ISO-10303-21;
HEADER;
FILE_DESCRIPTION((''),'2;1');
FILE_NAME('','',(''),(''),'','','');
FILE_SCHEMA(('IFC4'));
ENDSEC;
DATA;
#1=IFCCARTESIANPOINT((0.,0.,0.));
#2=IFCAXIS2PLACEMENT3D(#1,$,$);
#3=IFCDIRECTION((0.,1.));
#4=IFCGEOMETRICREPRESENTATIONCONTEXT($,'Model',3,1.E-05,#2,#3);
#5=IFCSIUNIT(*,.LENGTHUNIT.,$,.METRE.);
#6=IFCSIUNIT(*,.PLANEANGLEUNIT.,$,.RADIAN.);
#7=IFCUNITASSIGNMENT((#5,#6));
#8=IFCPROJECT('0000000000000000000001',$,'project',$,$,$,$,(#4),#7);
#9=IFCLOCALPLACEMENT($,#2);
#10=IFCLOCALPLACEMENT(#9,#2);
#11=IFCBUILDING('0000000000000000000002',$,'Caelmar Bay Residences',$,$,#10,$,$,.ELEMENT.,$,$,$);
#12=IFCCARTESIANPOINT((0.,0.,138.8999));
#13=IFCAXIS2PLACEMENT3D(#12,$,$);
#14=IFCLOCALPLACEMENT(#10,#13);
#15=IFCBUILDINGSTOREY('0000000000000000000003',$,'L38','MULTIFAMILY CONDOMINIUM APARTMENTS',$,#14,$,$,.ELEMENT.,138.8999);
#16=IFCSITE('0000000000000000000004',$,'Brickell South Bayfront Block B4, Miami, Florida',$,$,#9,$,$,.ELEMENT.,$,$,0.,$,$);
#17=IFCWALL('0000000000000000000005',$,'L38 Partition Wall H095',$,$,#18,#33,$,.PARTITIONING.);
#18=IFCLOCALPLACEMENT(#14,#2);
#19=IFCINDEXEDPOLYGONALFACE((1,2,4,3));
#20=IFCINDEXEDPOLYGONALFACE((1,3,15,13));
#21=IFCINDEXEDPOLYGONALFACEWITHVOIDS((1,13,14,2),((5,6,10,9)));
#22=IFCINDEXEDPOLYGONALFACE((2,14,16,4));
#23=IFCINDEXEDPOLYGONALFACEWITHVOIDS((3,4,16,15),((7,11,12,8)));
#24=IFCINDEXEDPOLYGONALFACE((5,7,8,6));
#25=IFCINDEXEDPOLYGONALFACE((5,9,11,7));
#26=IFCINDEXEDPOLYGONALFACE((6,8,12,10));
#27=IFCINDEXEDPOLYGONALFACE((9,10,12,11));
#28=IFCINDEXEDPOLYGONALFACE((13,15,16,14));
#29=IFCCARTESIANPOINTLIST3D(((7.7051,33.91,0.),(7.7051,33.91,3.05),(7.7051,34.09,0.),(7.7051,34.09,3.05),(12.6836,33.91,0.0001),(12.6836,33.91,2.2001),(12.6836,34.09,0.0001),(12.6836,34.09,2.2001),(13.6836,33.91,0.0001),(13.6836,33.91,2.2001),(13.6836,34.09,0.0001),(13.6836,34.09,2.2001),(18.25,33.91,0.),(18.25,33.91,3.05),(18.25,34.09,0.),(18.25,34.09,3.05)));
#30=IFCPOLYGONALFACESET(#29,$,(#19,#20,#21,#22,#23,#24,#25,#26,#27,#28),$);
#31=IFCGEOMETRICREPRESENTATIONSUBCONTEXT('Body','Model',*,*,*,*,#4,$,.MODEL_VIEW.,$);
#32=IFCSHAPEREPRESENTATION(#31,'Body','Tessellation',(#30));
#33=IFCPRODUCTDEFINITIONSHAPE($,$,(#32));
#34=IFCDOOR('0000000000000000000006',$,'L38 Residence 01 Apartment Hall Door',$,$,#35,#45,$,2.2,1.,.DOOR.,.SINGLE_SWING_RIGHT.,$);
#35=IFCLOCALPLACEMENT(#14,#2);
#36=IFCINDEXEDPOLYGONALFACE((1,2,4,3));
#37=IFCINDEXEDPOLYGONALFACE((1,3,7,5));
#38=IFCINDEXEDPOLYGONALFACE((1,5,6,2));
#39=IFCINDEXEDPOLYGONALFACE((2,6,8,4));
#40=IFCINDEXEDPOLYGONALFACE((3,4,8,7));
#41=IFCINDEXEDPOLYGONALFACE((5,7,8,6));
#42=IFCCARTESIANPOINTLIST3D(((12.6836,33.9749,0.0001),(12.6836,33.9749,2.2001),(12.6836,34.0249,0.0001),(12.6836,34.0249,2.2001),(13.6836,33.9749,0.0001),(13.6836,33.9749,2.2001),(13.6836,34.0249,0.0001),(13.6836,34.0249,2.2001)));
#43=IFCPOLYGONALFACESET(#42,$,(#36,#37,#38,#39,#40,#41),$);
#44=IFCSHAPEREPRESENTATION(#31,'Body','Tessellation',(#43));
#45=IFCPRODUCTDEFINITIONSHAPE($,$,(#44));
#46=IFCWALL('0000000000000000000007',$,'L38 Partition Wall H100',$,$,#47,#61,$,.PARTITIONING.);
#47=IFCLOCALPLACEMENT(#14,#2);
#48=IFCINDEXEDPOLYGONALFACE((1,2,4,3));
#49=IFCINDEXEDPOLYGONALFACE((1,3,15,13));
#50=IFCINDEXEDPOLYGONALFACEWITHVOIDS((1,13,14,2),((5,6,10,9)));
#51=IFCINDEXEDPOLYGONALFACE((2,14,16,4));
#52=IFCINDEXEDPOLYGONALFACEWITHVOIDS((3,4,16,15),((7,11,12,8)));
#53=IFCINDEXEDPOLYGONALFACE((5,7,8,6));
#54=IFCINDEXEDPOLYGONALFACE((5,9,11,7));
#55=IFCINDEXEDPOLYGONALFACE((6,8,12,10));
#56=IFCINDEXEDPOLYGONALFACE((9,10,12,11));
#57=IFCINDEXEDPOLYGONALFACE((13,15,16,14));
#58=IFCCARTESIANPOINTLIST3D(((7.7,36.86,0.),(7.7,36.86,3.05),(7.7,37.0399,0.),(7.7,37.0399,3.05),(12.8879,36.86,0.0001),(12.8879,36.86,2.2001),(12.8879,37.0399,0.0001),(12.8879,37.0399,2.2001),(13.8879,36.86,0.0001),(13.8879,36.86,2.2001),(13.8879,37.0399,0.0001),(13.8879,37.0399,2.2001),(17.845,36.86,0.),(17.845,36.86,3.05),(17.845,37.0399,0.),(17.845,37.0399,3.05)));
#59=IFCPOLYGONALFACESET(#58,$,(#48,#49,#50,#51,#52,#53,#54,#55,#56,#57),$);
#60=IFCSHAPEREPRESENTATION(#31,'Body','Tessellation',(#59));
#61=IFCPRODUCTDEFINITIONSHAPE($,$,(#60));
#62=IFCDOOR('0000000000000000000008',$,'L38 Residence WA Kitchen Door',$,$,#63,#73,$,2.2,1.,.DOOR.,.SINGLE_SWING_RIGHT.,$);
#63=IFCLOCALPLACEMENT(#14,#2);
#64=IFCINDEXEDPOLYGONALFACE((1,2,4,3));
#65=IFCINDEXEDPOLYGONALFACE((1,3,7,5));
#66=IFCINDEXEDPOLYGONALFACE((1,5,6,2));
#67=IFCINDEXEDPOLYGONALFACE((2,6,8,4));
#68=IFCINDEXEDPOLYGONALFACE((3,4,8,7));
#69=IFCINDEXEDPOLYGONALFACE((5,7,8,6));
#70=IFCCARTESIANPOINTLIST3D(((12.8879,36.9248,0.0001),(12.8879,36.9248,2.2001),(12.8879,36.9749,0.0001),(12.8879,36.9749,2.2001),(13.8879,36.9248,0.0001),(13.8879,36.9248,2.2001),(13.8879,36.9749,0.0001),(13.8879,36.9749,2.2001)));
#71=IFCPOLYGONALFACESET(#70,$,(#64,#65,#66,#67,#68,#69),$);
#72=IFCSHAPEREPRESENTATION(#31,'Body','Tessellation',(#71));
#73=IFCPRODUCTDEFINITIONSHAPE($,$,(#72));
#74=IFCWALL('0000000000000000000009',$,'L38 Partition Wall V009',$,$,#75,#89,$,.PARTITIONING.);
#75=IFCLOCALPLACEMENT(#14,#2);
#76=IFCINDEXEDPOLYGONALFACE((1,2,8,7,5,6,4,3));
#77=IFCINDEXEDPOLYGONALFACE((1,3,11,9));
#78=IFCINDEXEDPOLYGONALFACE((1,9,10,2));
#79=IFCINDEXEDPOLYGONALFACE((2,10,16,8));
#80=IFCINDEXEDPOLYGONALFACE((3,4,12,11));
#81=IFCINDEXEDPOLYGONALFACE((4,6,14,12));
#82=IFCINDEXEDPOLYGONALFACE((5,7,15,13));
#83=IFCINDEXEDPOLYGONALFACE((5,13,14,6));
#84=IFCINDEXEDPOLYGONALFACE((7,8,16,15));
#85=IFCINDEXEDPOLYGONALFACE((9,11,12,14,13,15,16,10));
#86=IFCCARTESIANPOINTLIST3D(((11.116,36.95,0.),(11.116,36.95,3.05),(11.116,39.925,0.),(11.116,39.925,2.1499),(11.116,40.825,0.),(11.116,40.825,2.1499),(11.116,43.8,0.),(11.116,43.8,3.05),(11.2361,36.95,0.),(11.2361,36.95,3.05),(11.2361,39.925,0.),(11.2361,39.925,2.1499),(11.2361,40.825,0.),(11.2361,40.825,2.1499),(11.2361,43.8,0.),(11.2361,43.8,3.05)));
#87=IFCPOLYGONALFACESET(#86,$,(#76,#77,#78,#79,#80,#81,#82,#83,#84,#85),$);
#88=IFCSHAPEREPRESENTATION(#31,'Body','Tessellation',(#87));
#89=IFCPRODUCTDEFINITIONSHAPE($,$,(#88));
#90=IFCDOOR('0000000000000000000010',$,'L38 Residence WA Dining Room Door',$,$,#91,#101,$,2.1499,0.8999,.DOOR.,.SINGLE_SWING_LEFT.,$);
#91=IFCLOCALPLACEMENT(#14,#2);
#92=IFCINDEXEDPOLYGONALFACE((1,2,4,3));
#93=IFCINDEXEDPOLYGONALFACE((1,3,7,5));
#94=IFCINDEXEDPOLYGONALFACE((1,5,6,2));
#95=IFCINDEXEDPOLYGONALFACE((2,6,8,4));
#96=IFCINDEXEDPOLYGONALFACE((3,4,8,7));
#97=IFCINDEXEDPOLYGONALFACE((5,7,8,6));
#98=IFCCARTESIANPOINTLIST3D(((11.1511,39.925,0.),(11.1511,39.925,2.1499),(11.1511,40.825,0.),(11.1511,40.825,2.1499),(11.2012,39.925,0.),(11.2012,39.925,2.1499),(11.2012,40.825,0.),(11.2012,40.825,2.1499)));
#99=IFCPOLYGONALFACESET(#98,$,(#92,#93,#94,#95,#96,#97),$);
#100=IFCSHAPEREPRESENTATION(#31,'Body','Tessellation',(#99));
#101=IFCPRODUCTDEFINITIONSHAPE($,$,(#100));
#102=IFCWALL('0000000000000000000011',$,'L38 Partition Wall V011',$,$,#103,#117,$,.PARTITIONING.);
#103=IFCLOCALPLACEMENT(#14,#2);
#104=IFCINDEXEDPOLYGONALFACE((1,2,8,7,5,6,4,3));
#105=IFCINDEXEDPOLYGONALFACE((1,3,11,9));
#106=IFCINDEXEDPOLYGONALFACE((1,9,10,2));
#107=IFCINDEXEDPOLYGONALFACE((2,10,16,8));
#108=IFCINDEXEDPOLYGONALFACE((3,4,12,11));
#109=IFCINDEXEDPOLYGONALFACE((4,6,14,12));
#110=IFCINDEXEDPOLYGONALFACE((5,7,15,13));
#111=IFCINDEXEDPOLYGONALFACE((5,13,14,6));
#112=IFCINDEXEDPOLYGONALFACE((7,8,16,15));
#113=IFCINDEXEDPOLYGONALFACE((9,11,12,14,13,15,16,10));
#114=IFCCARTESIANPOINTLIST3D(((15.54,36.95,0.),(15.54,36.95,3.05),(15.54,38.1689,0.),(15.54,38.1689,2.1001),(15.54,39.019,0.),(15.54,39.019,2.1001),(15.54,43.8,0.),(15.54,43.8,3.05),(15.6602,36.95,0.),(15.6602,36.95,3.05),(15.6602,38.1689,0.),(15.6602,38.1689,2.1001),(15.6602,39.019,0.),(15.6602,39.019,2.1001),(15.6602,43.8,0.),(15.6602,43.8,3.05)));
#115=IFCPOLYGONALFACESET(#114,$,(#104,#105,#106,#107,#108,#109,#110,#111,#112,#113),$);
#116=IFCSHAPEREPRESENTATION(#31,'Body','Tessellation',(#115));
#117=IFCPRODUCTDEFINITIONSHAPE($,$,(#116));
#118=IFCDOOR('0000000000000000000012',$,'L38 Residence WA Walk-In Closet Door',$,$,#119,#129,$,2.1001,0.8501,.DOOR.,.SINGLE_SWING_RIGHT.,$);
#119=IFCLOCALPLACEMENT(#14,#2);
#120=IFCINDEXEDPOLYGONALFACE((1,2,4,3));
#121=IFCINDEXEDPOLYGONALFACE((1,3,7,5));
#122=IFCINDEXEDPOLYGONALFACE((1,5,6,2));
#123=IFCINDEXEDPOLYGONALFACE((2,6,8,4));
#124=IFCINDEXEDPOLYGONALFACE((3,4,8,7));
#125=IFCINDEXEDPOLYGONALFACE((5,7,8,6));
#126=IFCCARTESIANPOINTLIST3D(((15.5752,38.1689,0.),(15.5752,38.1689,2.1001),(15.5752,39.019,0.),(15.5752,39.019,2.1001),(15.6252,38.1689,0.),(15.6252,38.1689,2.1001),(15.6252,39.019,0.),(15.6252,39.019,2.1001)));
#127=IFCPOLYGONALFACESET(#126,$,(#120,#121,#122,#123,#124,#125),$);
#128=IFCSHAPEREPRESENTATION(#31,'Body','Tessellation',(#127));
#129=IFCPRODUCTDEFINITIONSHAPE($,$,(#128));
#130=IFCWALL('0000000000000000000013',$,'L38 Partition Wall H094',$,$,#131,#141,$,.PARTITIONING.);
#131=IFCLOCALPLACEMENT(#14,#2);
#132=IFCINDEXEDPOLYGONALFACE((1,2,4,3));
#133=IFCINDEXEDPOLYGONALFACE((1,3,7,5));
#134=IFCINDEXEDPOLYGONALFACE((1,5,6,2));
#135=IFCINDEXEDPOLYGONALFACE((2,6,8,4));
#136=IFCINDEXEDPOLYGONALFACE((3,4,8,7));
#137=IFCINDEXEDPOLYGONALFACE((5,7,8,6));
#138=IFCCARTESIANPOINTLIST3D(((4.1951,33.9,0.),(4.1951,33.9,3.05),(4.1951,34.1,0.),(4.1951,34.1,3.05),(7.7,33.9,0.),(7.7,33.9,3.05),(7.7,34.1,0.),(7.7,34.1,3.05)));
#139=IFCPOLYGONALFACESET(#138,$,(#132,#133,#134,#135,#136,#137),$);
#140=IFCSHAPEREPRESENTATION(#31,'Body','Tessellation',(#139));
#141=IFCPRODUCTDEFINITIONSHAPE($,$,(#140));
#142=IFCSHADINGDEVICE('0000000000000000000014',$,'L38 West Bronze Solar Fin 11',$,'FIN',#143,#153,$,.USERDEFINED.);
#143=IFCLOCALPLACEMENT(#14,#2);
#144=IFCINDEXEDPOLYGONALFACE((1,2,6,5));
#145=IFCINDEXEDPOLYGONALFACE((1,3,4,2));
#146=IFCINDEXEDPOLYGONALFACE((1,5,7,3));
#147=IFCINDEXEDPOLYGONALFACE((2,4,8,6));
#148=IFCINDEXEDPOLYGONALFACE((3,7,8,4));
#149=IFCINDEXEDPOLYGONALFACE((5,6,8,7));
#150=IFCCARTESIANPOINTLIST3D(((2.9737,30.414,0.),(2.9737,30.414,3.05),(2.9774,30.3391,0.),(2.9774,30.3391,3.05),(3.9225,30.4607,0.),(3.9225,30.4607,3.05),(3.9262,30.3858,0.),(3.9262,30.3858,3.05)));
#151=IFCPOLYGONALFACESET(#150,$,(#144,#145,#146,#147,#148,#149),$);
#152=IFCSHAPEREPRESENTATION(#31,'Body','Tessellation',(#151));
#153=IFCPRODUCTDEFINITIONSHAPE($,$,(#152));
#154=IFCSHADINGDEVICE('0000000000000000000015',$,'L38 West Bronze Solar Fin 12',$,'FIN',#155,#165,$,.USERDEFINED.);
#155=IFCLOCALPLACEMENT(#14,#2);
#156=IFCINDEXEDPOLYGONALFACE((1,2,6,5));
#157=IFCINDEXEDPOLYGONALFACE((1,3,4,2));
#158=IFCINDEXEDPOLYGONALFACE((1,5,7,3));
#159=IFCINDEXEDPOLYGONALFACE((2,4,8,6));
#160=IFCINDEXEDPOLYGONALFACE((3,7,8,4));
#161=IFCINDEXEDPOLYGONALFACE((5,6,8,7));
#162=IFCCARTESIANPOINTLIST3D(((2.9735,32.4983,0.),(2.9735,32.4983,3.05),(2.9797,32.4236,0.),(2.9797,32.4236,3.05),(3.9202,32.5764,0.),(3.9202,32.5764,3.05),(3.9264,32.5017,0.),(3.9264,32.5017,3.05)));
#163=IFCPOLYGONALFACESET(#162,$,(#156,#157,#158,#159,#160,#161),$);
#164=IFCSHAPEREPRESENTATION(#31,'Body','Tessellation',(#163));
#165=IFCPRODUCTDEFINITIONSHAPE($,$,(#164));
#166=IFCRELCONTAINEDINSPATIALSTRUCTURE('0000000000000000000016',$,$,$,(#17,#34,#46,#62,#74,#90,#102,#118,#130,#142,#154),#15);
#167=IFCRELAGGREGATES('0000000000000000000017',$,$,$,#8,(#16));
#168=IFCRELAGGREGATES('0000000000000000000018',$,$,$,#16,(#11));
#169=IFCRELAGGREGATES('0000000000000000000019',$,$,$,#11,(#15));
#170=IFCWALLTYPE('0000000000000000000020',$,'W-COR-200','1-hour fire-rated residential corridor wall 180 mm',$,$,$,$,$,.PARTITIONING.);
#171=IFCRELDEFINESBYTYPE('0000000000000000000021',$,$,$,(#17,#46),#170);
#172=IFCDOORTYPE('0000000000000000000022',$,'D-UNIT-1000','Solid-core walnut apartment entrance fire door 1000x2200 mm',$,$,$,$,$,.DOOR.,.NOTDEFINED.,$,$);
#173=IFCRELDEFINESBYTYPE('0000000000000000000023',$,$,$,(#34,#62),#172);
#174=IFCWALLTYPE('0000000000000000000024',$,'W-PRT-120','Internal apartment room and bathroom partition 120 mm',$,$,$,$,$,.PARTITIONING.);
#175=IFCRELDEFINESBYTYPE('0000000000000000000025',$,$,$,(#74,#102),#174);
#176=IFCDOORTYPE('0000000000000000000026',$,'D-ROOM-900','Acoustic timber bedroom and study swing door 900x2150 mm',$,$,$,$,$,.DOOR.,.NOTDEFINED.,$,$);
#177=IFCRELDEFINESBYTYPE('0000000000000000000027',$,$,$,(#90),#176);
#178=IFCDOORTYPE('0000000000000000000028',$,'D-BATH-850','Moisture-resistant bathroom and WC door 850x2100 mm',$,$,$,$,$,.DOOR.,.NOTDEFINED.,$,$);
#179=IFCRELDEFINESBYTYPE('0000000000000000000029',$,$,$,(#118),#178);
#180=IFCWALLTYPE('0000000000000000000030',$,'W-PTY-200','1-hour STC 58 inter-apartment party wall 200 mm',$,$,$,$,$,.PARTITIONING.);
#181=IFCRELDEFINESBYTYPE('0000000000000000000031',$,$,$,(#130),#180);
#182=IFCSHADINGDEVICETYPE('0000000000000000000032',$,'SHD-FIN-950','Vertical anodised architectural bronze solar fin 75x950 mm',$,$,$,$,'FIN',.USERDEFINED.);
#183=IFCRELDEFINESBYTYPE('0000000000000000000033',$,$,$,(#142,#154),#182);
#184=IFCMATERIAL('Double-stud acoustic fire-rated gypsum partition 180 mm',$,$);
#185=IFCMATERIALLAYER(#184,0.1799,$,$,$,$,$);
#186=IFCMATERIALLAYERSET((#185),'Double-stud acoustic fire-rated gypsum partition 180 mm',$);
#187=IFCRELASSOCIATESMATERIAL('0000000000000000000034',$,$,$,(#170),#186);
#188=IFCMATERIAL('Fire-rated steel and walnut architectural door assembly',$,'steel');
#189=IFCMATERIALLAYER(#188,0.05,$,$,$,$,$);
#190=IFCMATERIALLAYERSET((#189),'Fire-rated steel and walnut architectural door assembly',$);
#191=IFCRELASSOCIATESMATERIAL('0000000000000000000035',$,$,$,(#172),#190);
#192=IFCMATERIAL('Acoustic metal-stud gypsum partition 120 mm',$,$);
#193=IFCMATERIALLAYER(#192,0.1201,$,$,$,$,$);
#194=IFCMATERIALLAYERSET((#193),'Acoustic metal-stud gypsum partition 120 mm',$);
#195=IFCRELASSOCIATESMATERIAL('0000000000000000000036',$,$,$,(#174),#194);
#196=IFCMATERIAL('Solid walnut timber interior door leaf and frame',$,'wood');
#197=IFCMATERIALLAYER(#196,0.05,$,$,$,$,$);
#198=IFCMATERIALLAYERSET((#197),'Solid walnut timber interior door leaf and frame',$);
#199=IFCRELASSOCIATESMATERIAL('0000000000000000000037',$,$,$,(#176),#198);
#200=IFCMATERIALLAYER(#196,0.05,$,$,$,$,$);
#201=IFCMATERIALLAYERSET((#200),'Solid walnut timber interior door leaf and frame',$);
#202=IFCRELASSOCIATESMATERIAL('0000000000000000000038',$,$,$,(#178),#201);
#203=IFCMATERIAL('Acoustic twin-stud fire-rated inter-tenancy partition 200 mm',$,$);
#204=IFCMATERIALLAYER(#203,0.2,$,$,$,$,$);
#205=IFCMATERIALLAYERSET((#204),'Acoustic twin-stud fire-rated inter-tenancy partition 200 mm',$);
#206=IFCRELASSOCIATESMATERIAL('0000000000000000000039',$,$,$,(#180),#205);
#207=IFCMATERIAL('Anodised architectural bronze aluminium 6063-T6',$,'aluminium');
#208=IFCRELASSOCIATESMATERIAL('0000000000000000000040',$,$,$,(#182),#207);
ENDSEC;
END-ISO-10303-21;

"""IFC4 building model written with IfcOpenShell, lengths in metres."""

from ifc_helpers import new_model, si_unit, direction, frame, frame_2d, origin, origin_2d, place, context, subcontext, project, spatial, rectangle, extrude, material, layer, layer_set, material_profile, profile_set, type_object, element, fill, save


model = new_model("IFC4")

# Units and contexts
model_context = context("Model", 3, precision=1e-05, world=origin(), true_north=direction((0.0, 1.0)))
body_context = subcontext(model_context, "Body", "Model", "MODEL_VIEW")
ifc_project = project(units=[si_unit("LENGTHUNIT", "METRE"), si_unit("PLANEANGLEUNIT", "RADIAN")], contexts=[model_context])

# Site, building, storey
site_placement = place(None, origin())
site = spatial("IfcSite", under=ifc_project, at=site_placement, Name="Brickell South Bayfront Block B4, Miami, Florida", CompositionType="ELEMENT", RefElevation=0.0)
building_placement = place(site_placement, origin())
building = spatial("IfcBuilding", under=site, at=building_placement, Name="Caelmar Bay Residences", CompositionType="ELEMENT")
storey_placement = place(building_placement, frame((0.0, 0.0, 138.8999)))
storey = spatial("IfcBuildingStorey", under=building, at=storey_placement, Name="L38", Description="MULTIFAMILY CONDOMINIUM APARTMENTS", CompositionType="ELEMENT", Elevation=138.8999)

# Shared definitions
ifc_material_1 = material(Name="Double-stud acoustic fire-rated gypsum partition 180 mm")
ifc_layer_1 = layer(ifc_material_1, 0.1799)
ifc_layer_set_1 = layer_set([ifc_layer_1], Name="Double-stud acoustic fire-rated gypsum partition 180 mm")
wall_type_1 = type_object("IfcWallType", Name="W-COR-200", Description="1-hour fire-rated residential corridor wall 180 mm", PredefinedType="PARTITIONING", material=ifc_layer_set_1)

# Walls, openings, doors
wall_1_placement = place(storey_placement, frame((7.7051, 34.0, 0.0), z_axis=(0.0, 0.0, 1.0), x_axis=(1.0, 0.0, 0.0)))
wall_1 = element("IfcWall", 1, at=wall_1_placement, inside=storey, type_object=wall_type_1, Name="L38 Partition Wall H095", PredefinedType="PARTITIONING", context=body_context, shape_type="SweptSolid", body=[
    extrude(rectangle(XDim=10.5449, YDim=0.1799, at=frame_2d((5.2725, 0.0))), origin(), (0.0, 0.0, 1.0), 3.05),
])
opening_1_placement = place(wall_1_placement, frame((4.9785, 0.0, 0.0)))
opening_1 = element("IfcOpeningElement", 2, at=opening_1_placement, cuts=wall_1, PredefinedType="OPENING", context=body_context, shape_type="SweptSolid", body=[
    extrude(rectangle(XDim=1.0, YDim=2.2, at=frame_2d((0.5, 1.1001))), frame((0.0, 0.0999, 0.0), z_axis=(0.0, -1.0, 0.0), x_axis=(1.0, 0.0, 0.0)), (0.0, 0.0, 1.0), 0.2),
])
ifc_material_2 = material(Name="Fire-rated steel and walnut architectural door assembly", Category="steel")
ifc_layer_2 = layer(ifc_material_2, 0.05)
ifc_layer_set_2 = layer_set([ifc_layer_2], Name="Fire-rated steel and walnut architectural door assembly")
door_type_1 = type_object("IfcDoorType", Name="D-UNIT-1000", Description="Solid-core walnut apartment entrance fire door 1000x2200 mm", OperationType="NOTDEFINED", PredefinedType="DOOR", material=ifc_layer_set_2)
door_1_placement = place(opening_1_placement, origin())
door_1 = element("IfcDoor", 3, at=door_1_placement, inside=storey, type_object=door_type_1, Name="L38 Residence 01 Apartment Hall Door", OperationType="SINGLE_SWING_RIGHT", OverallHeight=2.2, OverallWidth=1.0, PredefinedType="DOOR", context=body_context, shape_type="SweptSolid", body=[
    extrude(rectangle(XDim=1.0, YDim=2.2, at=frame_2d((0.5, 1.1001))), frame((0.0, 0.0249, 0.0), z_axis=(0.0, -1.0, 0.0), x_axis=(1.0, 0.0, 0.0)), (0.0, 0.0, 1.0), 0.05),
])
fill(opening_1, door_1)
wall_2_placement = place(storey_placement, frame((7.7, 36.95, 0.0), z_axis=(0.0, 0.0, 1.0), x_axis=(1.0, 0.0, 0.0)))
wall_2 = element("IfcWall", 4, at=wall_2_placement, inside=storey, type_object=wall_type_1, Name="L38 Partition Wall H100", PredefinedType="PARTITIONING", context=body_context, shape_type="SweptSolid", body=[
    extrude(rectangle(XDim=10.145, YDim=0.1799, at=frame_2d((5.0725, 0.0))), origin(), (0.0, 0.0, 1.0), 3.05),
])
opening_2_placement = place(wall_2_placement, frame((5.188, 0.0, 0.0)))
opening_2 = element("IfcOpeningElement", 5, at=opening_2_placement, cuts=wall_2, PredefinedType="OPENING", context=body_context, shape_type="SweptSolid", body=[
    extrude(rectangle(XDim=1.0, YDim=2.2, at=frame_2d((0.5, 1.1001))), frame((0.0, 0.0999, 0.0), z_axis=(0.0, -1.0, 0.0), x_axis=(1.0, 0.0, 0.0)), (0.0, 0.0, 1.0), 0.2),
])
door_2_placement = place(opening_2_placement, origin())
door_2 = element("IfcDoor", 6, at=door_2_placement, inside=storey, type_object=door_type_1, Name="L38 Residence WA Kitchen Door", OperationType="SINGLE_SWING_RIGHT", OverallHeight=2.2, OverallWidth=1.0, PredefinedType="DOOR", context=body_context, shape_type="SweptSolid", body=[
    extrude(rectangle(XDim=1.0, YDim=2.2, at=frame_2d((0.5, 1.1001))), frame((0.0, 0.0249, 0.0), z_axis=(0.0, -1.0, 0.0), x_axis=(1.0, 0.0, 0.0)), (0.0, 0.0, 1.0), 0.05),
])
fill(opening_2, door_2)
ifc_material_3 = material(Name="Acoustic metal-stud gypsum partition 120 mm")
ifc_layer_3 = layer(ifc_material_3, 0.1201)
ifc_layer_set_3 = layer_set([ifc_layer_3], Name="Acoustic metal-stud gypsum partition 120 mm")
wall_type_2 = type_object("IfcWallType", Name="W-PRT-120", Description="Internal apartment room and bathroom partition 120 mm", PredefinedType="PARTITIONING", material=ifc_layer_set_3)
wall_3_placement = place(storey_placement, frame((11.176, 36.95, 0.0), z_axis=(0.0, 0.0, 1.0), x_axis=(0.0, 1.0, 0.0)))
wall_3 = element("IfcWall", 7, at=wall_3_placement, inside=storey, type_object=wall_type_2, Name="L38 Partition Wall V009", PredefinedType="PARTITIONING", context=body_context, shape_type="SweptSolid", body=[
    extrude(rectangle(XDim=6.8501, YDim=0.1201, at=frame_2d((3.425, 0.0))), origin(), (0.0, 0.0, 1.0), 3.05),
])
opening_3_placement = place(wall_3_placement, frame((2.9751, 0.0, 0.0)))
opening_3 = element("IfcOpeningElement", 8, at=opening_3_placement, cuts=wall_3, PredefinedType="OPENING", context=body_context, shape_type="SweptSolid", body=[
    extrude(rectangle(XDim=0.8999, YDim=2.1499, at=frame_2d((0.45, 1.075))), frame((0.0, 0.0701, 0.0), z_axis=(0.0, -1.0, 0.0), x_axis=(1.0, 0.0, 0.0)), (0.0, 0.0, 1.0), 0.1401),
])
ifc_material_4 = material(Name="Solid walnut timber interior door leaf and frame", Category="wood")
ifc_layer_4 = layer(ifc_material_4, 0.05)
ifc_layer_set_4 = layer_set([ifc_layer_4], Name="Solid walnut timber interior door leaf and frame")
door_type_2 = type_object("IfcDoorType", Name="D-ROOM-900", Description="Acoustic timber bedroom and study swing door 900x2150 mm", OperationType="NOTDEFINED", PredefinedType="DOOR", material=ifc_layer_set_4)
door_3_placement = place(opening_3_placement, origin())
door_3 = element("IfcDoor", 9, at=door_3_placement, inside=storey, type_object=door_type_2, Name="L38 Residence WA Dining Room Door", OperationType="SINGLE_SWING_LEFT", OverallHeight=2.1499, OverallWidth=0.8999, PredefinedType="DOOR", context=body_context, shape_type="SweptSolid", body=[
    extrude(rectangle(XDim=0.8999, YDim=2.1499, at=frame_2d((0.45, 1.075))), frame((0.0, 0.0249, 0.0), z_axis=(0.0, -1.0, 0.0), x_axis=(1.0, 0.0, 0.0)), (0.0, 0.0, 1.0), 0.05),
])
fill(opening_3, door_3)
wall_4_placement = place(storey_placement, frame((15.6001, 36.95, 0.0), z_axis=(0.0, 0.0, 1.0), x_axis=(0.0, 1.0, 0.0)))
wall_4 = element("IfcWall", 10, at=wall_4_placement, inside=storey, type_object=wall_type_2, Name="L38 Partition Wall V011", PredefinedType="PARTITIONING", context=body_context, shape_type="SweptSolid", body=[
    extrude(rectangle(XDim=6.8501, YDim=0.1201, at=frame_2d((3.425, 0.0))), origin(), (0.0, 0.0, 1.0), 3.05),
])
opening_4_placement = place(wall_4_placement, frame((1.219, 0.0, 0.0)))
opening_4 = element("IfcOpeningElement", 11, at=opening_4_placement, cuts=wall_4, PredefinedType="OPENING", context=body_context, shape_type="SweptSolid", body=[
    extrude(rectangle(XDim=0.8501, YDim=2.1001, at=frame_2d((0.425, 1.05))), frame((0.0, 0.0701, 0.0), z_axis=(0.0, -1.0, 0.0), x_axis=(1.0, 0.0, 0.0)), (0.0, 0.0, 1.0), 0.1401),
])
ifc_layer_5 = layer(ifc_material_4, 0.05)
ifc_layer_set_5 = layer_set([ifc_layer_5], Name="Solid walnut timber interior door leaf and frame")
door_type_3 = type_object("IfcDoorType", Name="D-BATH-850", Description="Moisture-resistant bathroom and WC door 850x2100 mm", OperationType="NOTDEFINED", PredefinedType="DOOR", material=ifc_layer_set_5)
door_4_placement = place(opening_4_placement, origin())
door_4 = element("IfcDoor", 12, at=door_4_placement, inside=storey, type_object=door_type_3, Name="L38 Residence WA Walk-In Closet Door", OperationType="SINGLE_SWING_RIGHT", OverallHeight=2.1001, OverallWidth=0.8501, PredefinedType="DOOR", context=body_context, shape_type="SweptSolid", body=[
    extrude(rectangle(XDim=0.8501, YDim=2.1001, at=frame_2d((0.425, 1.05))), frame((0.0, 0.0249, 0.0), z_axis=(0.0, -1.0, 0.0), x_axis=(1.0, 0.0, 0.0)), (0.0, 0.0, 1.0), 0.05),
])
fill(opening_4, door_4)

# Wall
ifc_material_5 = material(Name="Acoustic twin-stud fire-rated inter-tenancy partition 200 mm")
ifc_layer_6 = layer(ifc_material_5, 0.2)
ifc_layer_set_6 = layer_set([ifc_layer_6], Name="Acoustic twin-stud fire-rated inter-tenancy partition 200 mm")
wall_type_3 = type_object("IfcWallType", Name="W-PTY-200", Description="1-hour STC 58 inter-apartment party wall 200 mm", PredefinedType="PARTITIONING", material=ifc_layer_set_6)
wall_5_placement = place(storey_placement, frame((4.1951, 34.0, 0.0), z_axis=(0.0, 0.0, 1.0), x_axis=(1.0, 0.0, 0.0)))
element("IfcWall", 13, at=wall_5_placement, inside=storey, type_object=wall_type_3, Name="L38 Partition Wall H094", PredefinedType="PARTITIONING", context=body_context, shape_type="SweptSolid", body=[
    extrude(rectangle(XDim=3.5049, YDim=0.2, at=frame_2d((1.7524, 0.0))), origin(), (0.0, 0.0, 1.0), 3.05),
])

# Shading devices
ifc_material_6 = material(Name="Anodised architectural bronze aluminium 6063-T6", Category="aluminium")
ifc_material_profile_1 = material_profile(ifc_material_6, rectangle(XDim=0.075, YDim=0.95, at=origin_2d()), Name="BRONZE-FIN-75X950")
ifc_profile_set_1 = profile_set([ifc_material_profile_1], Name="Anodised architectural bronze aluminium 6063-T6")
shading_device_type = type_object("IfcShadingDeviceType", Name="SHD-FIN-950", Description="Vertical anodised architectural bronze solar fin 75x950 mm", ElementType="FIN", PredefinedType="USERDEFINED", material=ifc_profile_set_1)
for number, where, z_axis, x_axis, name in (
    (14, (3.45, 30.3999, 0.0), (0.0, 0.0, 1.0), (-0.049198, 0.998789, 0.0), "L38 West Bronze Solar Fin 11"),
    (15, (3.45, 32.5, 0.0), (0.0, 0.0, 1.0), (-0.082112, 0.996623, 0.0), "L38 West Bronze Solar Fin 12"),
):
    element("IfcShadingDevice", number, at=place(storey_placement, frame(where, z_axis=z_axis, x_axis=x_axis)), inside=storey, type_object=shading_device_type, Name=name, ObjectType="FIN", PredefinedType="USERDEFINED", context=body_context, shape_type="SweptSolid", body=[
        extrude(rectangle(XDim=0.075, YDim=0.95, at=origin_2d()), origin(), (0.0, 0.0, 1.0), 3.05),
    ])

save(model, "model.ifc")
